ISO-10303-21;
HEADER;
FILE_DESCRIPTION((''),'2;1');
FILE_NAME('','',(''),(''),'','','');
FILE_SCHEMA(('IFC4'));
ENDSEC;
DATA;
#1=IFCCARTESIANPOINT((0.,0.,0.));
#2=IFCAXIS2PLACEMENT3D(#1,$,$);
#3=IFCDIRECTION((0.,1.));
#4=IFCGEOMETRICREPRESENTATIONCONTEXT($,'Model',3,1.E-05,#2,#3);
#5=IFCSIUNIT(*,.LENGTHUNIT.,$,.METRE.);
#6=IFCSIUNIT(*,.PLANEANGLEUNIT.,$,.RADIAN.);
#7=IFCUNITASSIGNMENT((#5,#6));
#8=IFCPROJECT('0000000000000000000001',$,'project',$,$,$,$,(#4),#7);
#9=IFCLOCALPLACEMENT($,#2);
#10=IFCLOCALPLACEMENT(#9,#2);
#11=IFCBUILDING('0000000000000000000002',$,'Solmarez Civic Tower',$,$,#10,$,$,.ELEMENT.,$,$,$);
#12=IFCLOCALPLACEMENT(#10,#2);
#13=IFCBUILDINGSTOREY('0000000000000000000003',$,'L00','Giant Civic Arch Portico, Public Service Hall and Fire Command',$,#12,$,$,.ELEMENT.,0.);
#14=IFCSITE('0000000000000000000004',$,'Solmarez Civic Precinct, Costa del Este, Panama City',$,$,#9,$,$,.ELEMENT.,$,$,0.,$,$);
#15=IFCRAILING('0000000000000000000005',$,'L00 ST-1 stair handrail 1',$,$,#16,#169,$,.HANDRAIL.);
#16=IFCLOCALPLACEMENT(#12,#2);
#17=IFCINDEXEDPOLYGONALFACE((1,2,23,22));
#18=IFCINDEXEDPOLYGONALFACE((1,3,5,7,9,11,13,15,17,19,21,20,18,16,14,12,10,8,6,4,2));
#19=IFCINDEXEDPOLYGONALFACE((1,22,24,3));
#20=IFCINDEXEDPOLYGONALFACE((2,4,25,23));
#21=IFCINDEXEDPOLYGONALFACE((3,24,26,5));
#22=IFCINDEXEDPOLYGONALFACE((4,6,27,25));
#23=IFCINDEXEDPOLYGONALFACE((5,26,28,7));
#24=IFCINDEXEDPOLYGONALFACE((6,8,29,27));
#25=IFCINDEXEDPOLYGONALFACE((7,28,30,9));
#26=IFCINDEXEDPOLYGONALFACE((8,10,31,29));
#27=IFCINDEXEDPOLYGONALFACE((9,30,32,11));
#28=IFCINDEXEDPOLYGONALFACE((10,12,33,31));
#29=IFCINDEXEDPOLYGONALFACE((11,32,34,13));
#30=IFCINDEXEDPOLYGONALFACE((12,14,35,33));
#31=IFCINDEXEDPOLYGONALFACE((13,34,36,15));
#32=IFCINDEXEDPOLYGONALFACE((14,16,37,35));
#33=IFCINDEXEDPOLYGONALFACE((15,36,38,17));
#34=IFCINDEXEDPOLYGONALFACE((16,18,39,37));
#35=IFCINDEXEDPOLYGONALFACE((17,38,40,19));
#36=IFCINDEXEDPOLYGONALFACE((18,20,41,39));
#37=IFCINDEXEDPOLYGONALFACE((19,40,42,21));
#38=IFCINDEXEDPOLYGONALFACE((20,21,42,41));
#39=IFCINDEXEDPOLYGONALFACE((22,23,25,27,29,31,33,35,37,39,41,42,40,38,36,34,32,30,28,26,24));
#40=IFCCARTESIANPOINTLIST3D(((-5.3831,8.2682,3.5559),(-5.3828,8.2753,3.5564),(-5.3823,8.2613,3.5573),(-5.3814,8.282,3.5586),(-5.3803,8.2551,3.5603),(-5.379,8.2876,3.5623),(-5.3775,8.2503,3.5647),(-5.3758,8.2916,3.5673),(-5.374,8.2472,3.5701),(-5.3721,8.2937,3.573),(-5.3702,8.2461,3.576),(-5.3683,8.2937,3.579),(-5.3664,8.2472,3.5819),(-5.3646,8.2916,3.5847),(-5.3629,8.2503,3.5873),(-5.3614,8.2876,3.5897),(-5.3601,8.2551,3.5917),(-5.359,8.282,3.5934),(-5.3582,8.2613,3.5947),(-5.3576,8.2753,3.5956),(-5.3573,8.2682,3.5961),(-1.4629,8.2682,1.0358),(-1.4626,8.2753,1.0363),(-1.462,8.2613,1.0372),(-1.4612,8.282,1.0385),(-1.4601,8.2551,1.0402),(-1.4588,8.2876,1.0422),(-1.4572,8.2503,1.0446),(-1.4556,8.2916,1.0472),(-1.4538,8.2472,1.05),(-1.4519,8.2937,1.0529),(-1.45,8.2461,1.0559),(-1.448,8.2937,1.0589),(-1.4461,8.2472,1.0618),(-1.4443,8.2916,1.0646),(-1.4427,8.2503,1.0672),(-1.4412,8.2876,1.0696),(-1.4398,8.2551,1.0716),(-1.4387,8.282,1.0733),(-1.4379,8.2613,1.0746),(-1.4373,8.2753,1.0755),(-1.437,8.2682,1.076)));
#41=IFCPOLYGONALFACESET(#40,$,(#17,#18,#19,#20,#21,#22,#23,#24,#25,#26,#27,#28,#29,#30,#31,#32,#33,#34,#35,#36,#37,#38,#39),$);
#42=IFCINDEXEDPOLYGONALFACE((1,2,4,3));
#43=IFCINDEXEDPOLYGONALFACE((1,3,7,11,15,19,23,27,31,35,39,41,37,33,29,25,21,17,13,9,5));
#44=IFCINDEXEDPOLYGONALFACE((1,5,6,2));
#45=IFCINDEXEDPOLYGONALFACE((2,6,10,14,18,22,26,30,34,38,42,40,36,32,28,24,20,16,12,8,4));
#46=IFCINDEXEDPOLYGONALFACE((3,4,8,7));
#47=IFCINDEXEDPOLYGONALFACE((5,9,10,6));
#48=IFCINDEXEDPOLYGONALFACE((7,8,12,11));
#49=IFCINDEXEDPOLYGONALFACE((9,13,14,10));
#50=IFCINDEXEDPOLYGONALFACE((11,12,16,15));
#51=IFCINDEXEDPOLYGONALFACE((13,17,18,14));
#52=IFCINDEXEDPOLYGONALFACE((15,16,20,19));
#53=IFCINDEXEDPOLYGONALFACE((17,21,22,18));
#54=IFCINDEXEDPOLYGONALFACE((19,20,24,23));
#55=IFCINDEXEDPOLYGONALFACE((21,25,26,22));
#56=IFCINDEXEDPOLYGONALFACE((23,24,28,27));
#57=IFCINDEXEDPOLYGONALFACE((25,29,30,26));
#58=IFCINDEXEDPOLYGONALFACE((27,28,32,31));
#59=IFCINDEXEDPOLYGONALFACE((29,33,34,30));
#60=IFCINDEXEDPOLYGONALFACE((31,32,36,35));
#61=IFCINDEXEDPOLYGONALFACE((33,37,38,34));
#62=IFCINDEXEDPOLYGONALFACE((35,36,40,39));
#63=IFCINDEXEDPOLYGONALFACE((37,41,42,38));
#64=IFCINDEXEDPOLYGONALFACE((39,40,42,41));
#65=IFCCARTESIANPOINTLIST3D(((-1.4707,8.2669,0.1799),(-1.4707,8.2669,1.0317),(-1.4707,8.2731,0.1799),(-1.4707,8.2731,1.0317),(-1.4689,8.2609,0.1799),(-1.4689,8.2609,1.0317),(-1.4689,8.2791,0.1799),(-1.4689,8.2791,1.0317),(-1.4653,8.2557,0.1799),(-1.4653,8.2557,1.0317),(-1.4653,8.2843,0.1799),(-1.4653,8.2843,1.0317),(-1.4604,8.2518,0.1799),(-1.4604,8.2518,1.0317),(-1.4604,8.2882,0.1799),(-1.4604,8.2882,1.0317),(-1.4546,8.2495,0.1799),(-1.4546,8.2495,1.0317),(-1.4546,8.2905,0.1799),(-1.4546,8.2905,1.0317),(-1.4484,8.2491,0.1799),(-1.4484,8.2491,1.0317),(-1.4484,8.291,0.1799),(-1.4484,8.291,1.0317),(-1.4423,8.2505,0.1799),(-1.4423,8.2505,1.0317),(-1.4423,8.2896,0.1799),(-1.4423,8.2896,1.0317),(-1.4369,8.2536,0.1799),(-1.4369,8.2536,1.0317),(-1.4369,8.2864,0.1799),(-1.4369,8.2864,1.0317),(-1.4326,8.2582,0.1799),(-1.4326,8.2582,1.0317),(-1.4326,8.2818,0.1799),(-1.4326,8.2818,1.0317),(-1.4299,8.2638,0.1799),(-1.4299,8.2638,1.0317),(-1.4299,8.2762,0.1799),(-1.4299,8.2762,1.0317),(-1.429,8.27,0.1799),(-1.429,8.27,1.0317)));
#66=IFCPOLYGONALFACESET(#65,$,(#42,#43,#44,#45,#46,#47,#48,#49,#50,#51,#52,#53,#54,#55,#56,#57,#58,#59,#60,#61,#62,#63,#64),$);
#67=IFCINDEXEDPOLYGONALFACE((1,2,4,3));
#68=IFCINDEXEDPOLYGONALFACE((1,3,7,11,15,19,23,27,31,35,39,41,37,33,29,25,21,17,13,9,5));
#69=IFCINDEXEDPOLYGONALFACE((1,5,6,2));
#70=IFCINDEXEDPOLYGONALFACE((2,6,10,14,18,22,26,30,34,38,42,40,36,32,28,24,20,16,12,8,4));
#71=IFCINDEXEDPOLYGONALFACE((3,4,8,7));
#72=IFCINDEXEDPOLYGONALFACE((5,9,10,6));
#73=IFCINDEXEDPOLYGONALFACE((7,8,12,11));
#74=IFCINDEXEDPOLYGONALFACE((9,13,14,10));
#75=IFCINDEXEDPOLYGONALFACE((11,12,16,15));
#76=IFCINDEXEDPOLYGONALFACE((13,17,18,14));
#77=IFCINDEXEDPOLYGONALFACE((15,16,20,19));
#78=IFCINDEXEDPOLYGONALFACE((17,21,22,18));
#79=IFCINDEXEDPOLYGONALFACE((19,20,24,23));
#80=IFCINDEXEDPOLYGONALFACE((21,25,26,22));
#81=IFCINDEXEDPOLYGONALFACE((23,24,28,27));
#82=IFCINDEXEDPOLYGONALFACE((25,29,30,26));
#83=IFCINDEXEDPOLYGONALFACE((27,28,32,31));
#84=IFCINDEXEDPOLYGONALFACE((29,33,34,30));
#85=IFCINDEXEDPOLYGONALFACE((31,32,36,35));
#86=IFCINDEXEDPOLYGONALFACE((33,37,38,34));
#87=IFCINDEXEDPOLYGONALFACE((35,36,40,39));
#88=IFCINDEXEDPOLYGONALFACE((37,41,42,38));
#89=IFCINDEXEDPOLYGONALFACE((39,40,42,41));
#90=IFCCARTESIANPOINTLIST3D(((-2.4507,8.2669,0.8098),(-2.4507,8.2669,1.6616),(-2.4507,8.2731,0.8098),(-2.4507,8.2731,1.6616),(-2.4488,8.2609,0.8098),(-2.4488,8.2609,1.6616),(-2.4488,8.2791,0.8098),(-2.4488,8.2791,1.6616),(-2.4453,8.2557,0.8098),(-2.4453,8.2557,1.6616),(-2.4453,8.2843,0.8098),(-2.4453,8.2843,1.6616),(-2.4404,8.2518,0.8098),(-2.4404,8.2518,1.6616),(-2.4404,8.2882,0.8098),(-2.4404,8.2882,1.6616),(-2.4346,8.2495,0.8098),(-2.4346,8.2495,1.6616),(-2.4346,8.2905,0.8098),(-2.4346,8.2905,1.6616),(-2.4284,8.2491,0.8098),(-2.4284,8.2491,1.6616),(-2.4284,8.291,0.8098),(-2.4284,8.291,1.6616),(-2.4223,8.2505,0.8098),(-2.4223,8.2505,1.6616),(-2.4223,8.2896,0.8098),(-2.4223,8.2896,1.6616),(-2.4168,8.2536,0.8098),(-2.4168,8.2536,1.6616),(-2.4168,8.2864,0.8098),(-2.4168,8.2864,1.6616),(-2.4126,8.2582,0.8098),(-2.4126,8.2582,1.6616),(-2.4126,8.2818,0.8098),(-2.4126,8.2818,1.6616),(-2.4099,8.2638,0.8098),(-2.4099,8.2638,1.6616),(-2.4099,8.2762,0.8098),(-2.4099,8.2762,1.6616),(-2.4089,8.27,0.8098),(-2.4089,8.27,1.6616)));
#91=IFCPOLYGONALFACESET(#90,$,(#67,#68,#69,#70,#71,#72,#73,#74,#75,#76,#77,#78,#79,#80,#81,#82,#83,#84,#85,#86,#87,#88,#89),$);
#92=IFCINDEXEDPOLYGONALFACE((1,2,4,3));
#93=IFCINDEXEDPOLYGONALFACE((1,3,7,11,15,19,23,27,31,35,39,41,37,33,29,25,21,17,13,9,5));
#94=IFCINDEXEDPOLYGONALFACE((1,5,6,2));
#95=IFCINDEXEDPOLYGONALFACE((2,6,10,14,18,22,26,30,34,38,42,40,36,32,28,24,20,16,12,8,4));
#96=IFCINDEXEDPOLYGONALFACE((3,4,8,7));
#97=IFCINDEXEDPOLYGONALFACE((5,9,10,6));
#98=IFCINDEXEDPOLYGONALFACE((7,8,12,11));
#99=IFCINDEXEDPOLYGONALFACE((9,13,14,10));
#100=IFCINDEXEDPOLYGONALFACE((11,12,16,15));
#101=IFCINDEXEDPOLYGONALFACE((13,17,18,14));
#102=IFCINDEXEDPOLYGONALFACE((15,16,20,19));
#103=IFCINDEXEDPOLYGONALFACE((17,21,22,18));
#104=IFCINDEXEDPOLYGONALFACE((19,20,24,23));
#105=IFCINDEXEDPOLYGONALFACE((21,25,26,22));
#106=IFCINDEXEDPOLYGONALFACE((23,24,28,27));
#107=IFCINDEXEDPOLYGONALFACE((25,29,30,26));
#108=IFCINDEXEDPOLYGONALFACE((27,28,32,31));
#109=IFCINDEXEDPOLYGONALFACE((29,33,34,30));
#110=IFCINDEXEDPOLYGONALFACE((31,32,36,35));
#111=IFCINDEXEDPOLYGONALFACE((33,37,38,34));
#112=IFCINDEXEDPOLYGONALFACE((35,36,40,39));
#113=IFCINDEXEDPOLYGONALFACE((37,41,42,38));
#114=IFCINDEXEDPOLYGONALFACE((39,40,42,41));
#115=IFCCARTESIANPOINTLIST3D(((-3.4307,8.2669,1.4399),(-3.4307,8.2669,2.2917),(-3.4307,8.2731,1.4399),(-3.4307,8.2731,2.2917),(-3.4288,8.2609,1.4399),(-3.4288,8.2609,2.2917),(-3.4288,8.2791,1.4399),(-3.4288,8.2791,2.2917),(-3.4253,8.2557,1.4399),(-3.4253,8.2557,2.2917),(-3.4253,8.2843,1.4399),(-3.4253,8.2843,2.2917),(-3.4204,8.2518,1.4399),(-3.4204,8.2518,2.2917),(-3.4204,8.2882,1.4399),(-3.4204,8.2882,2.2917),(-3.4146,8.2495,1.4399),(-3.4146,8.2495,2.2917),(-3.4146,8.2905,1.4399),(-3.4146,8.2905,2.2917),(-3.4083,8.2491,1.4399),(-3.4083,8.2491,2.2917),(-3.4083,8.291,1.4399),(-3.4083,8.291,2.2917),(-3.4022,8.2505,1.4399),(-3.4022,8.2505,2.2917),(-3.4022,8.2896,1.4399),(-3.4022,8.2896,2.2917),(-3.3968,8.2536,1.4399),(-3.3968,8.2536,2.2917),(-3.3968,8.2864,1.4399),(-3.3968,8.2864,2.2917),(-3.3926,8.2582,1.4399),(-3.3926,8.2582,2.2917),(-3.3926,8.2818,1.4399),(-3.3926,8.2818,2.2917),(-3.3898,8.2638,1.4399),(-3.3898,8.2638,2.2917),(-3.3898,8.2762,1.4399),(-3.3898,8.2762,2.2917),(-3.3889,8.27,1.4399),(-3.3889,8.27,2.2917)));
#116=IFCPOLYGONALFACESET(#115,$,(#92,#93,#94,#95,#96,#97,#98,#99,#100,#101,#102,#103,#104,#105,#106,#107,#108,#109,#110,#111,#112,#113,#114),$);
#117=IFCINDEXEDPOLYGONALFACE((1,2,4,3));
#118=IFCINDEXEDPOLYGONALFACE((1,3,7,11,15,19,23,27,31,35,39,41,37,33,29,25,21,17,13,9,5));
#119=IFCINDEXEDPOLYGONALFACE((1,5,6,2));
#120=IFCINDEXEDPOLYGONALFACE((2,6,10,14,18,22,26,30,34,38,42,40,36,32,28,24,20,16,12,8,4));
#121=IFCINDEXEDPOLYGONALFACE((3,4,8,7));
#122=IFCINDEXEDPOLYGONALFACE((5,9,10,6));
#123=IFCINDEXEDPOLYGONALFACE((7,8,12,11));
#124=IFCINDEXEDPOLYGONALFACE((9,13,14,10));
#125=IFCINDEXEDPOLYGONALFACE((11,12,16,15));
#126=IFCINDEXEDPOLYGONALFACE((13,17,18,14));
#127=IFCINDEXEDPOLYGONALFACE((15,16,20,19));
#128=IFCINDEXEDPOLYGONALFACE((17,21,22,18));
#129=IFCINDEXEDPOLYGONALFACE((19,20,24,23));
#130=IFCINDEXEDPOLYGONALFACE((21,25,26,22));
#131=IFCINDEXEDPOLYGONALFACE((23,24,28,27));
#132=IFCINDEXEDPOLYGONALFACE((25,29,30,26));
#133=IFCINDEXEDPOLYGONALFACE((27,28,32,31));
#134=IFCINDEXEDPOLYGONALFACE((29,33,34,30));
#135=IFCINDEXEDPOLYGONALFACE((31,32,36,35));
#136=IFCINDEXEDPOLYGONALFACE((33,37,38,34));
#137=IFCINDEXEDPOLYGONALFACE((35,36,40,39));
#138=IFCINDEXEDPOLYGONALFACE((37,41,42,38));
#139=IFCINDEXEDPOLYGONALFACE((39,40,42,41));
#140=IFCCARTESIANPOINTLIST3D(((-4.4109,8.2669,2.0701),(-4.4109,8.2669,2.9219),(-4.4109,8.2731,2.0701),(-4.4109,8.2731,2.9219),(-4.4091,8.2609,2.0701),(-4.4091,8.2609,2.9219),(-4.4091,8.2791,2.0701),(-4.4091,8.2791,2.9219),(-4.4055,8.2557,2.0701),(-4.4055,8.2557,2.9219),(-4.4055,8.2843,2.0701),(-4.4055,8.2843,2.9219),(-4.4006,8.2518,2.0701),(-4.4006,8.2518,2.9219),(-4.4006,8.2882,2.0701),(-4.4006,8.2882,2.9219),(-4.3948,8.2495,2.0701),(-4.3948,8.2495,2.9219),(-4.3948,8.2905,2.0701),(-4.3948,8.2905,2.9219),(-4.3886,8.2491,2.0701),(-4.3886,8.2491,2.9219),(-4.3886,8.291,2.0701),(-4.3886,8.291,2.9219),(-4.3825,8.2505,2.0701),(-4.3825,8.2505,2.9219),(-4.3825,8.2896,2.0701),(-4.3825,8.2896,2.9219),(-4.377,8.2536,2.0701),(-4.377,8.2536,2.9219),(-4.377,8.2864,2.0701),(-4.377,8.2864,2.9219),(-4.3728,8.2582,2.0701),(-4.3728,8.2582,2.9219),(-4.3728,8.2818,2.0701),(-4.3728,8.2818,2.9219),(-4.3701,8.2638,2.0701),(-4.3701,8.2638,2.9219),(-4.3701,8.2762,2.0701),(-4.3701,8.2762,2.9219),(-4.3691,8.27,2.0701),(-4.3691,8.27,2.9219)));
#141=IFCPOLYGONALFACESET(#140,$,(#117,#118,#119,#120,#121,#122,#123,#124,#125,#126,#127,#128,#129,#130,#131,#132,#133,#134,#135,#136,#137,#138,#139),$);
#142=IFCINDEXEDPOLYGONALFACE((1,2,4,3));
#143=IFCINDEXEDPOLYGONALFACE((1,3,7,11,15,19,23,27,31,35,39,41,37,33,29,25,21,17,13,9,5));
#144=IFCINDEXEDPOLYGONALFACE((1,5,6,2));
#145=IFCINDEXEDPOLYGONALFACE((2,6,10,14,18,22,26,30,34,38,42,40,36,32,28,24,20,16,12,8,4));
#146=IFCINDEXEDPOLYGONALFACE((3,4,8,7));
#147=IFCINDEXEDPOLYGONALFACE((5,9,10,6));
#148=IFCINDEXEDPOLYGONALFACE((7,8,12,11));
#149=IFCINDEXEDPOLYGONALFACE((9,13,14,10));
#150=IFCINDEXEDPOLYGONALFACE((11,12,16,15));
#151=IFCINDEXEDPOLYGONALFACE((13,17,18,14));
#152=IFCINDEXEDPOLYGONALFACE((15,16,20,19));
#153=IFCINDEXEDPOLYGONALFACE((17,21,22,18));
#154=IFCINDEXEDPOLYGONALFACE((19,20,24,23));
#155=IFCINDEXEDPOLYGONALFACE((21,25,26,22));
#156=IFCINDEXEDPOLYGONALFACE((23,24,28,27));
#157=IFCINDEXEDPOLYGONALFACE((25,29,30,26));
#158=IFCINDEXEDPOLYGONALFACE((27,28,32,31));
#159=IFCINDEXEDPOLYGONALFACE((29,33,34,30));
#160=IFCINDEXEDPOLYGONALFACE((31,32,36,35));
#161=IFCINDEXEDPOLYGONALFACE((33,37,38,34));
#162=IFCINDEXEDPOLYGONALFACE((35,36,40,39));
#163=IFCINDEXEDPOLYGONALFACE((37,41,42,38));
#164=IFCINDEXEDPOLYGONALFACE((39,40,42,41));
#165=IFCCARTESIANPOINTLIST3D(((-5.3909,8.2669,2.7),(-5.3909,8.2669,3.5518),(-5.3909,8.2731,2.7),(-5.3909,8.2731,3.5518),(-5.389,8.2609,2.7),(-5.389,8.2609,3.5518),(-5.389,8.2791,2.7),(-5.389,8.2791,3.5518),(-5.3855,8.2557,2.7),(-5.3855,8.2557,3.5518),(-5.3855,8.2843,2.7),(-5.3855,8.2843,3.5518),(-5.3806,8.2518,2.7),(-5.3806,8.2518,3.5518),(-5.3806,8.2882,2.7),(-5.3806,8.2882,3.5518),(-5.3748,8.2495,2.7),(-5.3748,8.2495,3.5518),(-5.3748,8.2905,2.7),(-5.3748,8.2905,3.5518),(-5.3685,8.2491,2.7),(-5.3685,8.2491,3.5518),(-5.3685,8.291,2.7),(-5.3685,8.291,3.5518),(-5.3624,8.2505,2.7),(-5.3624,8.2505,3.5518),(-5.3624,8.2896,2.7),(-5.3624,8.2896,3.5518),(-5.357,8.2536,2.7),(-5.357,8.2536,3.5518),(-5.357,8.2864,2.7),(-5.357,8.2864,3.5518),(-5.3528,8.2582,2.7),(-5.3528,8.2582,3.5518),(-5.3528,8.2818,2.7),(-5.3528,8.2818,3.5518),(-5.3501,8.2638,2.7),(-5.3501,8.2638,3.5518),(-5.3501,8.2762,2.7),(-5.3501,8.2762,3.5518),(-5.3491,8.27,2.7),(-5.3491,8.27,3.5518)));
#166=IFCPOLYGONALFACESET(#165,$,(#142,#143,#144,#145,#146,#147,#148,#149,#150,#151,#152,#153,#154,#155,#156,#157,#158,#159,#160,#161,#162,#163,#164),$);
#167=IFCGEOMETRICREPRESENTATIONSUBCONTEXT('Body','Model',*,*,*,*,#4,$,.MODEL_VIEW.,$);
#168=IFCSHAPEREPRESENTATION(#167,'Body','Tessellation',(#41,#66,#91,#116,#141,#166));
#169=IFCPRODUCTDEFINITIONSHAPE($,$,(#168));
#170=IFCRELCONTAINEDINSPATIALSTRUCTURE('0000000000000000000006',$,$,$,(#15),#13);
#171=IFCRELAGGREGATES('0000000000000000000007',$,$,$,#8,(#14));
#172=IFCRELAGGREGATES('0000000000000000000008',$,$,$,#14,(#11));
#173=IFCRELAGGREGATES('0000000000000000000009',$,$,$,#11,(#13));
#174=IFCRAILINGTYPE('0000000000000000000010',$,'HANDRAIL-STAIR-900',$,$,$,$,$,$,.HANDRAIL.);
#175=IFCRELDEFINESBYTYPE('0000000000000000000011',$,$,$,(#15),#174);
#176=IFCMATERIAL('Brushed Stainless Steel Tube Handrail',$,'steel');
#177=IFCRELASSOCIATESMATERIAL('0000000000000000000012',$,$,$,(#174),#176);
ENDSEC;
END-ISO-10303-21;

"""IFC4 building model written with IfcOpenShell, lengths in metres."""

from ifc_helpers import new_model, si_unit, direction, frame, origin, origin_2d, place, context, subcontext, project, spatial, circle, extrude, material, type_object, element, save


model = new_model("IFC4")

# Units and contexts
model_context = context("Model", 3, precision=1e-05, world=origin(), true_north=direction((0.0, 1.0)))
body_context = subcontext(model_context, "Body", "Model", "MODEL_VIEW")
ifc_project = project(units=[si_unit("LENGTHUNIT", "METRE"), si_unit("PLANEANGLEUNIT", "RADIAN")], contexts=[model_context])

# Site, building, storey
site_placement = place(None, origin())
site = spatial("IfcSite", under=ifc_project, at=site_placement, Name="Solmarez Civic Precinct, Costa del Este, Panama City", CompositionType="ELEMENT", RefElevation=0.0)
building_placement = place(site_placement, origin())
building = spatial("IfcBuilding", under=site, at=building_placement, Name="Solmarez Civic Tower", CompositionType="ELEMENT")
storey_placement = place(building_placement, origin())
storey = spatial("IfcBuildingStorey", under=building, at=storey_placement, Name="L00", Description="Giant Civic Arch Portico, Public Service Hall and Fire Command", CompositionType="ELEMENT", Elevation=0.0)

# Railing
ifc_material_1 = material(Name="Brushed Stainless Steel Tube Handrail", Category="steel")
railing_type_1 = type_object("IfcRailingType", Name="HANDRAIL-STAIR-900", PredefinedType="HANDRAIL", material=ifc_material_1)
railing_1_placement = place(storey_placement, frame((-1.45, 8.27, 0.1799)))
element("IfcRailing", 1, at=railing_1_placement, inside=storey, type_object=railing_type_1, Name="L00 ST-1 stair handrail 1", PredefinedType="HANDRAIL", context=body_context, shape_type="SweptSolid", body=[
    extrude(circle(Radius=0.0239, at=origin_2d()), frame((0.0, 0.0, 0.876), z_axis=(-0.841187, 0.0, 0.540744), x_axis=(0.0, -1.0, 0.0)), (0.0, 0.0, 1.0), 4.6604),
    extrude(circle(Radius=0.021, at=origin_2d()), origin(), (0.0, 0.0, 1.0), 0.8518),
    extrude(circle(Radius=0.021, at=origin_2d()), frame((-0.98, 0.0, 0.6299)), (0.0, 0.0, 1.0), 0.8518),
    extrude(circle(Radius=0.021, at=origin_2d()), frame((-1.96, 0.0, 1.26)), (0.0, 0.0, 1.0), 0.8518),
    extrude(circle(Radius=0.021, at=origin_2d()), frame((-2.9402, 0.0, 1.8901)), (0.0, 0.0, 1.0), 0.8518),
    extrude(circle(Radius=0.021, at=origin_2d()), frame((-3.9202, 0.0, 2.52)), (0.0, 0.0, 1.0), 0.8518),
])

save(model, "model.ifc")
